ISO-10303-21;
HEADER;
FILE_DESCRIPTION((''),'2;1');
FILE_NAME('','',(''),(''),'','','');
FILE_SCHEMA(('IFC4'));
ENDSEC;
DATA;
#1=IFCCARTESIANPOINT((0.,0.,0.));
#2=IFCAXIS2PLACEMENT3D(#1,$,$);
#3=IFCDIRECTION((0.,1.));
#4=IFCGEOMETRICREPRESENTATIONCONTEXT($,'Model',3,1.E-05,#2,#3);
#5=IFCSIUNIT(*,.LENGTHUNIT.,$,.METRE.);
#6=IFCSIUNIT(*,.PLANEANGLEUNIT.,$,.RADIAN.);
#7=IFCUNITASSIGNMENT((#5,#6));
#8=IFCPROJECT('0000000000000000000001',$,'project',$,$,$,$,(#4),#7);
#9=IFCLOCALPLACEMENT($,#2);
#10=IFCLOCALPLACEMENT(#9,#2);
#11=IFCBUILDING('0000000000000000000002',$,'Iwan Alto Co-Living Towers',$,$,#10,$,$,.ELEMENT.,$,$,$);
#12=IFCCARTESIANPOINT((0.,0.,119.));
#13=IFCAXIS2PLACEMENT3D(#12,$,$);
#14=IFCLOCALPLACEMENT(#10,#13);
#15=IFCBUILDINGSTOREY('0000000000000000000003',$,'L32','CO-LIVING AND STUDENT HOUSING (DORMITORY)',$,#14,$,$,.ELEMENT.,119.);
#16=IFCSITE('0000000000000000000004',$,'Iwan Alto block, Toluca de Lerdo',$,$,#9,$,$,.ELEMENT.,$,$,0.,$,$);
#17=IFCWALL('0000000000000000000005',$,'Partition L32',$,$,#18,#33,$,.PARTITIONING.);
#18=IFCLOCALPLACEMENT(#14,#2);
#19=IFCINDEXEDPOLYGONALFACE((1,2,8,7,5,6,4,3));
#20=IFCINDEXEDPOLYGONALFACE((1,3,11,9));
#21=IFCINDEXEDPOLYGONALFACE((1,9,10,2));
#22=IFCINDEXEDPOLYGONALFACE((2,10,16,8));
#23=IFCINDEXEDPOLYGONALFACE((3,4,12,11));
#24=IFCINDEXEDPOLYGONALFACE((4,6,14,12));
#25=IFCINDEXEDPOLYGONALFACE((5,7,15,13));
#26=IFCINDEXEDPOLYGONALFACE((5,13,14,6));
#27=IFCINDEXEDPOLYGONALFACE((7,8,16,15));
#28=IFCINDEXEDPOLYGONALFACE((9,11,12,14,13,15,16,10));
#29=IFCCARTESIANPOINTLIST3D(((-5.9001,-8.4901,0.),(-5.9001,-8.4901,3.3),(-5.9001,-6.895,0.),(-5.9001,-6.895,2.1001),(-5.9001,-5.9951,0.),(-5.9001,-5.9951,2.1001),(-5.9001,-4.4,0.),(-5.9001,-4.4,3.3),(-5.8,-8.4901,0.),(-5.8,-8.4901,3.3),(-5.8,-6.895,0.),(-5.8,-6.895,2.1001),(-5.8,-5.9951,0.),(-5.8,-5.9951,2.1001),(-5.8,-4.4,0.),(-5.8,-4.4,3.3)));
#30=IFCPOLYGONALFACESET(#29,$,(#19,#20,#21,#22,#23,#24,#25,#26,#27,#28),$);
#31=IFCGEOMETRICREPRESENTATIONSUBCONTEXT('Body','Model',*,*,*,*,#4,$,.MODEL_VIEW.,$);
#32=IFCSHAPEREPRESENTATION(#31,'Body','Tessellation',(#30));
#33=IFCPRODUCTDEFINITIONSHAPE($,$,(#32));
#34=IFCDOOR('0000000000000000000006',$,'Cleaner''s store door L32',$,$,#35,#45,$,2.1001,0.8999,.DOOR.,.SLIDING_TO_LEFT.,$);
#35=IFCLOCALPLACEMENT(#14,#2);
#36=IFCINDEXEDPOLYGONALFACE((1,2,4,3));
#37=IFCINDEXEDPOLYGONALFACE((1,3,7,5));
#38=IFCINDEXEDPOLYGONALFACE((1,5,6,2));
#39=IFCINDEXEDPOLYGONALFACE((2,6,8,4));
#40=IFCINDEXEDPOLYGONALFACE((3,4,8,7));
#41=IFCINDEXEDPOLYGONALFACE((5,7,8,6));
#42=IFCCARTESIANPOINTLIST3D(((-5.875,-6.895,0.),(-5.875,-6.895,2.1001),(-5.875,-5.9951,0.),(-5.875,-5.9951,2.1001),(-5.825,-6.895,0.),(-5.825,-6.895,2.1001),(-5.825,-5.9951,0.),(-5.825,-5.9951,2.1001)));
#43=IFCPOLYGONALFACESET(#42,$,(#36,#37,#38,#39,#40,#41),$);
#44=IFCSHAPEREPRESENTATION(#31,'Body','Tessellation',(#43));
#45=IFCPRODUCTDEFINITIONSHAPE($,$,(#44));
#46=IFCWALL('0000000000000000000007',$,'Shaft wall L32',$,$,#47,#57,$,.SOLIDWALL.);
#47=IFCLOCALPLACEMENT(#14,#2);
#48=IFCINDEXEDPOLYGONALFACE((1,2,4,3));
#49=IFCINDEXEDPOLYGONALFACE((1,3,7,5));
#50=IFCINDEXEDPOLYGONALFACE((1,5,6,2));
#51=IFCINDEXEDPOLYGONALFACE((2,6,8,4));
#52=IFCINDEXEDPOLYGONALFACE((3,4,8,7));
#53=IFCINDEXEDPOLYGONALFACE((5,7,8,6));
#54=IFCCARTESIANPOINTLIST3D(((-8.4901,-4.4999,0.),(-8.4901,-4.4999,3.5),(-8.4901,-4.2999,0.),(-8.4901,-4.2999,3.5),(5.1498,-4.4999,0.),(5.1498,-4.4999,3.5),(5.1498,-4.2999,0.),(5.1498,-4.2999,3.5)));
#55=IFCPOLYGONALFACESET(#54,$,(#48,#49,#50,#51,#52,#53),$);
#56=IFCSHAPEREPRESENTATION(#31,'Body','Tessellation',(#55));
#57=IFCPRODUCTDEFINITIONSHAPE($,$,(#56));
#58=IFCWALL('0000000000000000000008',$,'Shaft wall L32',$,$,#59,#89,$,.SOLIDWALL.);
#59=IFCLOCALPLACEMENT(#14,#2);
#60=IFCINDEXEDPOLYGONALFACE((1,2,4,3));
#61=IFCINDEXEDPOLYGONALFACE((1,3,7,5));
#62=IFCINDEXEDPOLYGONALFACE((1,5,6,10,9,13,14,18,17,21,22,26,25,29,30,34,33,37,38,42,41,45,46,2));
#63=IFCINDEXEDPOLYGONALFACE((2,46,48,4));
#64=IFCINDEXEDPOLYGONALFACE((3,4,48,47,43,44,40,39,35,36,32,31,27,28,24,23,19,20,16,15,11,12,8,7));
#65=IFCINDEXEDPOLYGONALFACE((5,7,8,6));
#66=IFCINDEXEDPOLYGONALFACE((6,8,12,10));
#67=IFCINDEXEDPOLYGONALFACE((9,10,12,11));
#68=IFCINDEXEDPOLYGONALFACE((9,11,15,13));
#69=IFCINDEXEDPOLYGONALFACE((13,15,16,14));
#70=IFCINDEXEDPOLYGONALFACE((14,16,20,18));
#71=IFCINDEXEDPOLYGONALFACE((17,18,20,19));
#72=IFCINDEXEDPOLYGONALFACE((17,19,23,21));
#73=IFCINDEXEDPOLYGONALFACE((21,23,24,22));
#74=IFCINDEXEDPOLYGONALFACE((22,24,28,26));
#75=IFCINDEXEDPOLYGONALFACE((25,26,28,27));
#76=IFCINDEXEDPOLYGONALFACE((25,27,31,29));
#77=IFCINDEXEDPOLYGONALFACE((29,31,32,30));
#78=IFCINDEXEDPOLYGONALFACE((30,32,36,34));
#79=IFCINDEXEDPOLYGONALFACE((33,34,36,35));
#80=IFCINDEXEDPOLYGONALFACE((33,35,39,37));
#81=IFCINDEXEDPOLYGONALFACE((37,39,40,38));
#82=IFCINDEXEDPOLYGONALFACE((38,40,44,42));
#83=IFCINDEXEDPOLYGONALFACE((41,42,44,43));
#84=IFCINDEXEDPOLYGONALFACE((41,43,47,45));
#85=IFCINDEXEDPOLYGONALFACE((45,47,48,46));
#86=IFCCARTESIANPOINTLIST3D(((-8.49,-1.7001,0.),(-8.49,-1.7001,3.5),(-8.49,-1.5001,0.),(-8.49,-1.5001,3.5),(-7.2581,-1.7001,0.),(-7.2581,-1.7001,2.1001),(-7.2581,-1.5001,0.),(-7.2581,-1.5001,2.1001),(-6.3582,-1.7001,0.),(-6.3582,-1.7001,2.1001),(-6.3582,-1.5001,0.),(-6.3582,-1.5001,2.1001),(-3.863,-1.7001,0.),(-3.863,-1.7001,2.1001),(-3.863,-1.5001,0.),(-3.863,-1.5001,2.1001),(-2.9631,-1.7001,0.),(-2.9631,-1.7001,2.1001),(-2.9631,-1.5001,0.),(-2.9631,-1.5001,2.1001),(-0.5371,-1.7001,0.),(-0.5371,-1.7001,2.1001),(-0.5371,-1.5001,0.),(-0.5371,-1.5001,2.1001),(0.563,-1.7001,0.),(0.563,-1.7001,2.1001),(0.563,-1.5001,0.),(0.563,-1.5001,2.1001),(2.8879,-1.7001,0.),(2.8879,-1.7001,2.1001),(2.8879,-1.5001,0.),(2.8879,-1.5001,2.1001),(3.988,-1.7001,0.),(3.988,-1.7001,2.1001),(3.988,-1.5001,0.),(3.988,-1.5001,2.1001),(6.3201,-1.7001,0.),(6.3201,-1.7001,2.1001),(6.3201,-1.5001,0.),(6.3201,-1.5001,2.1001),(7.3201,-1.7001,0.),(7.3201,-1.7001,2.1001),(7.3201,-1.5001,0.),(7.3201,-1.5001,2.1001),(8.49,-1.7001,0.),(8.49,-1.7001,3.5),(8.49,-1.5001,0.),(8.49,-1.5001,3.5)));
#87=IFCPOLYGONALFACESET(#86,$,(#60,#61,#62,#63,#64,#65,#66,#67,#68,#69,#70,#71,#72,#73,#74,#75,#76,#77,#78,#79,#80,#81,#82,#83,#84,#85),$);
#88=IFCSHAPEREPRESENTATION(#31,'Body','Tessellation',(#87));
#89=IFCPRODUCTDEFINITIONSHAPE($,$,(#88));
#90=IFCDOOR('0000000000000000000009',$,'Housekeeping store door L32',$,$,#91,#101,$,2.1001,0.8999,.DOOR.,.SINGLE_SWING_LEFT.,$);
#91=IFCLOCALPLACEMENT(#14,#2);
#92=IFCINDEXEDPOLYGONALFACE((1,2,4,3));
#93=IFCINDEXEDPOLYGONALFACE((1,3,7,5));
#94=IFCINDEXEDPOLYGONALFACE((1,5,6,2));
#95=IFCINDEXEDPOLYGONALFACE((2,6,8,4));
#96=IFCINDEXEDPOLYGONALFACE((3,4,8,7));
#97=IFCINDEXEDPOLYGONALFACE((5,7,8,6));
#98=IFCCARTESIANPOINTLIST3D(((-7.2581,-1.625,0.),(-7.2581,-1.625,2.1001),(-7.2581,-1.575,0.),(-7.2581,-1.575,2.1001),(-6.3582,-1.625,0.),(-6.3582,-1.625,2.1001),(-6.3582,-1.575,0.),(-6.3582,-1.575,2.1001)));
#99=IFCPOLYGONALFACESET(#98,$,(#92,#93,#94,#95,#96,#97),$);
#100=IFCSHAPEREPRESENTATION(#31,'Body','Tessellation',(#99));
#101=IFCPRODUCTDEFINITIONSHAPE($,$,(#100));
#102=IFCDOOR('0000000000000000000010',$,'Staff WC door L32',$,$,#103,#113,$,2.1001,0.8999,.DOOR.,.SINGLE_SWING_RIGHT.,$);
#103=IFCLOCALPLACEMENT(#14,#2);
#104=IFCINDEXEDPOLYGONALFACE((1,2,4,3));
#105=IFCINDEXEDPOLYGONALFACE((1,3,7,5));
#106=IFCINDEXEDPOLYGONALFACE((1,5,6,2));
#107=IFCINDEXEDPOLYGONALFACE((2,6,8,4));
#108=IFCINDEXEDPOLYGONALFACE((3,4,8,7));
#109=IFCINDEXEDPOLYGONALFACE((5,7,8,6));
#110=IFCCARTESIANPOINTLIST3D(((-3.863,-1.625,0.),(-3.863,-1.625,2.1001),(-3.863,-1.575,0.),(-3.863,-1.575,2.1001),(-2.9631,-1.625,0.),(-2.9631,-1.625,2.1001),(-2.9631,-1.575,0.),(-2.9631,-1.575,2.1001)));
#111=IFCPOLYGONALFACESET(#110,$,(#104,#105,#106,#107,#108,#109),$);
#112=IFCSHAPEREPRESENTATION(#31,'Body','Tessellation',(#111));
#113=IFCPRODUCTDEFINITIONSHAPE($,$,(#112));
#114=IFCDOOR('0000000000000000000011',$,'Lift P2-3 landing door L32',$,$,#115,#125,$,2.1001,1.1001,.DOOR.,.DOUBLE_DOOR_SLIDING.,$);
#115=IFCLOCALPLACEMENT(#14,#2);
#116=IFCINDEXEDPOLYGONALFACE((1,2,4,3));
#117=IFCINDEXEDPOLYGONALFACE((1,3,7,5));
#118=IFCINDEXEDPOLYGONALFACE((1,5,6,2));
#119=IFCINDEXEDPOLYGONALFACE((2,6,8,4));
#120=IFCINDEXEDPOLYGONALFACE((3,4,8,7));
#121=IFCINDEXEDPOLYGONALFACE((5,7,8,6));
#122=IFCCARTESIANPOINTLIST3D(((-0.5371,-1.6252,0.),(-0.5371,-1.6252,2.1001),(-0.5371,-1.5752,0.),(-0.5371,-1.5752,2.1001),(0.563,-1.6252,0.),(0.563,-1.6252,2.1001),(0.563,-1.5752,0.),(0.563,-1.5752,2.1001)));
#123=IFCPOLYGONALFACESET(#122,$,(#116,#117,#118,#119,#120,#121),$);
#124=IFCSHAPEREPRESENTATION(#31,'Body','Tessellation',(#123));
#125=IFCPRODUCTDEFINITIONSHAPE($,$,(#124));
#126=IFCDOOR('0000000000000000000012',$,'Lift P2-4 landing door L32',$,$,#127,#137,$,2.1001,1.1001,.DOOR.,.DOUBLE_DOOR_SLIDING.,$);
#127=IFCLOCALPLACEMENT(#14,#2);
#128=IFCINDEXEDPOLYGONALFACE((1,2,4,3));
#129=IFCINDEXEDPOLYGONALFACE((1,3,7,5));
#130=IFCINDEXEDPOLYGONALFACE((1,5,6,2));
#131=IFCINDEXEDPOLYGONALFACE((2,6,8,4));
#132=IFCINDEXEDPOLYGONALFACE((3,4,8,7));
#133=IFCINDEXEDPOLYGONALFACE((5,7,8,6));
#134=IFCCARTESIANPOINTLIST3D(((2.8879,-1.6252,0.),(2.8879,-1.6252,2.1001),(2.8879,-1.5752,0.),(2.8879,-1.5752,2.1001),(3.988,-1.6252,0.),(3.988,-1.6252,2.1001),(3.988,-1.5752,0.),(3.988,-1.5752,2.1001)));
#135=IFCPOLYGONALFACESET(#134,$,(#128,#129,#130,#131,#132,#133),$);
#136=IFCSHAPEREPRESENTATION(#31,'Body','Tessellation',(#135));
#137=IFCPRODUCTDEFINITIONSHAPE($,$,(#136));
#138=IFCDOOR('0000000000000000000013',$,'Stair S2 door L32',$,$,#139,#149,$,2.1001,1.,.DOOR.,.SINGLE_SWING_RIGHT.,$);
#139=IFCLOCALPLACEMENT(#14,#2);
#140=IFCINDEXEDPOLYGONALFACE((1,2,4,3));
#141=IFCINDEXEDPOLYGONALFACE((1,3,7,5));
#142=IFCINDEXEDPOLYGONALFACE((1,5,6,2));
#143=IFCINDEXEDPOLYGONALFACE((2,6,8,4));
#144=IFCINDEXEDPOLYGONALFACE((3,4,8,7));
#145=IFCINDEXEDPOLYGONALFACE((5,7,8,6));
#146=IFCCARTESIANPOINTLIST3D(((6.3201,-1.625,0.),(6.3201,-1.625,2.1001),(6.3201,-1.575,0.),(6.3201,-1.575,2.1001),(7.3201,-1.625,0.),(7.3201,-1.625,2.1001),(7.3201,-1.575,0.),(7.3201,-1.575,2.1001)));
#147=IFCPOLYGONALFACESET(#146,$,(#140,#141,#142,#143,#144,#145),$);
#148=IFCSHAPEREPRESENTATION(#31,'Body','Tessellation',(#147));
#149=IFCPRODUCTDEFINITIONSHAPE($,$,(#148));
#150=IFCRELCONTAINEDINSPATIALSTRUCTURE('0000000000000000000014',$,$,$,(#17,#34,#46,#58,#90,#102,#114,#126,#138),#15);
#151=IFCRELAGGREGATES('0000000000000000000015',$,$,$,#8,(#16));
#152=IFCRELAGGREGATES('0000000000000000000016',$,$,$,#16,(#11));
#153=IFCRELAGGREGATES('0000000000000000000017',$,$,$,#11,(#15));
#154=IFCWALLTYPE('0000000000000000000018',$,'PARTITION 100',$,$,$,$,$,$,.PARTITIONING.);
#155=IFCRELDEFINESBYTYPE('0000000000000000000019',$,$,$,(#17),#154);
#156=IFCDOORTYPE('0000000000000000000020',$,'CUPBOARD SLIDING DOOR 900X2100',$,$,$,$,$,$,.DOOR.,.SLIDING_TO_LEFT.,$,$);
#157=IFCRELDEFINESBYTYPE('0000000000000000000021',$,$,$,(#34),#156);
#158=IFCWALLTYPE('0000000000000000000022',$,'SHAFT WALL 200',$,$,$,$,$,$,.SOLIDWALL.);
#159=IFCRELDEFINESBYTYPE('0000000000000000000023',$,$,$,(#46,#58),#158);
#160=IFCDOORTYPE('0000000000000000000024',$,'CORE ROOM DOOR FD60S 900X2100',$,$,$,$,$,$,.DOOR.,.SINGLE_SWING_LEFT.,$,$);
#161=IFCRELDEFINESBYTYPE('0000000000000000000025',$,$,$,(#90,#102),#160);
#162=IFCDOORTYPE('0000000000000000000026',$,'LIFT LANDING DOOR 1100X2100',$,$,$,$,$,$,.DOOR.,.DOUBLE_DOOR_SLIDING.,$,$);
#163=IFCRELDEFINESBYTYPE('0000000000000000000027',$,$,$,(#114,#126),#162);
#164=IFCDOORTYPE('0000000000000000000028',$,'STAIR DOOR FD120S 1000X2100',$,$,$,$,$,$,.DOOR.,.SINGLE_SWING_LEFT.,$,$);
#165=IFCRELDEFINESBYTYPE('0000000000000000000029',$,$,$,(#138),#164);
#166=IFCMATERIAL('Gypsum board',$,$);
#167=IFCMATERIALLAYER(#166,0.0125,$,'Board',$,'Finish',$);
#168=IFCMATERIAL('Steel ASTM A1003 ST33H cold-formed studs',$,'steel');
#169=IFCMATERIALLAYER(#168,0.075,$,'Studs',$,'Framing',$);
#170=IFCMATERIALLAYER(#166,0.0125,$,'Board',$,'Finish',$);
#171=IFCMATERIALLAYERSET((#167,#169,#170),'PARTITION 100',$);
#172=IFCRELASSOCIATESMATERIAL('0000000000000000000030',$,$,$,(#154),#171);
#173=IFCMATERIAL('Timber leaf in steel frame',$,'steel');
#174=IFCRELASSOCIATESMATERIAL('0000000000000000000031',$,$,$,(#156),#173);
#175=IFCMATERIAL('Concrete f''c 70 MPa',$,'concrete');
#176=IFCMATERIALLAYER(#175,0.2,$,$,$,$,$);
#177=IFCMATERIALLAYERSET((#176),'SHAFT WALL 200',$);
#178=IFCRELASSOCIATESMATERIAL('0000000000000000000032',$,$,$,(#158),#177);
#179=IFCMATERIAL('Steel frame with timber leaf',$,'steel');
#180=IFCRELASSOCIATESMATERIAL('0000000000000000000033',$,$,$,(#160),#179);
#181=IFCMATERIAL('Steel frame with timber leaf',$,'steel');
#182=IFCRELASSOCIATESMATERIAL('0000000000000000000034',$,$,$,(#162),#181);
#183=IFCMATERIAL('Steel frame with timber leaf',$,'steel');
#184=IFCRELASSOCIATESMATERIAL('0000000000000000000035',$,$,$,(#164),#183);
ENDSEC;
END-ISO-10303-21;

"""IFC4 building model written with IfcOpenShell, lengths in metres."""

from ifc_helpers import new_model, si_unit, direction, frame, frame_2d, origin, place, context, subcontext, project, spatial, rectangle, extrude, material, layer, layer_set, type_object, element, fill, save


model = new_model("IFC4")

# Units and contexts
model_context = context("Model", 3, precision=1e-05, world=origin(), true_north=direction((0.0, 1.0)))
body_context = subcontext(model_context, "Body", "Model", "MODEL_VIEW")
ifc_project = project(units=[si_unit("LENGTHUNIT", "METRE"), si_unit("PLANEANGLEUNIT", "RADIAN")], contexts=[model_context])

# Site, building, storey
site_placement = place(None, origin())
site = spatial("IfcSite", under=ifc_project, at=site_placement, Name="Iwan Alto block, Toluca de Lerdo", CompositionType="ELEMENT", RefElevation=0.0)
building_placement = place(site_placement, origin())
building = spatial("IfcBuilding", under=site, at=building_placement, Name="Iwan Alto Co-Living Towers", CompositionType="ELEMENT")
storey_placement = place(building_placement, frame((0.0, 0.0, 119.0)))
storey = spatial("IfcBuildingStorey", under=building, at=storey_placement, Name="L32", Description="CO-LIVING AND STUDENT HOUSING (DORMITORY)", CompositionType="ELEMENT", Elevation=119.0)

# Wall, opening, door
ifc_material_1 = material(Name="Gypsum board")
ifc_layer_1 = layer(ifc_material_1, 0.0125, Name="Board", Category="Finish")
ifc_material_2 = material(Name="Steel ASTM A1003 ST33H cold-formed studs", Category="steel")
ifc_layer_2 = layer(ifc_material_2, 0.075, Name="Studs", Category="Framing")
ifc_layer_3 = layer(ifc_material_1, 0.0125, Name="Board", Category="Finish")
ifc_layer_set_1 = layer_set([ifc_layer_1, ifc_layer_2, ifc_layer_3], Name="PARTITION 100")
wall_type_1 = type_object("IfcWallType", Name="PARTITION 100", PredefinedType="PARTITIONING", material=ifc_layer_set_1)
wall_1_placement = place(storey_placement, frame((-5.8501, -8.49, 0.0), z_axis=(0.0, 0.0, 1.0), x_axis=(0.0, 1.0, 0.0)))
wall_1 = element("IfcWall", 1, at=wall_1_placement, inside=storey, type_object=wall_type_1, Name="Partition L32", PredefinedType="PARTITIONING", context=body_context, shape_type="SweptSolid", body=[
    extrude(rectangle(XDim=4.0901, YDim=0.1001, at=frame_2d((2.0449, 0.0))), origin(), (0.0, 0.0, 1.0), 3.3),
])
opening_1_placement = place(wall_1_placement, frame((1.595, 0.0, 0.0)))
opening_1 = element("IfcOpeningElement", 2, at=opening_1_placement, cuts=wall_1, PredefinedType="OPENING", context=body_context, shape_type="SweptSolid", body=[
    extrude(rectangle(XDim=0.8999, YDim=2.1001, at=frame_2d((0.45, 1.05))), frame((0.0, 0.0601, 0.0), z_axis=(0.0, -1.0, 0.0), x_axis=(1.0, 0.0, 0.0)), (0.0, 0.0, 1.0), 0.1201),
])
ifc_material_3 = material(Name="Timber leaf in steel frame", Category="steel")
door_type_1 = type_object("IfcDoorType", Name="CUPBOARD SLIDING DOOR 900X2100", OperationType="SLIDING_TO_LEFT", PredefinedType="DOOR", material=ifc_material_3)
door_1_placement = place(opening_1_placement, origin())
door_1 = element("IfcDoor", 3, at=door_1_placement, inside=storey, type_object=door_type_1, Name="Cleaner's store door L32", OperationType="SLIDING_TO_LEFT", OverallHeight=2.1001, OverallWidth=0.8999, PredefinedType="DOOR", context=body_context, shape_type="SweptSolid", body=[
    extrude(rectangle(XDim=0.8999, YDim=2.1001, at=frame_2d((0.45, 1.05))), frame((0.0, 0.0249, 0.0), z_axis=(0.0, -1.0, 0.0), x_axis=(1.0, 0.0, 0.0)), (0.0, 0.0, 1.0), 0.05),
])
fill(opening_1, door_1)

# Wall
ifc_material_4 = material(Name="Concrete f'c 70 MPa", Category="concrete")
ifc_layer_4 = layer(ifc_material_4, 0.2)
ifc_layer_set_2 = layer_set([ifc_layer_4], Name="SHAFT WALL 200")
wall_type_2 = type_object("IfcWallType", Name="SHAFT WALL 200", PredefinedType="SOLIDWALL", material=ifc_layer_set_2)
wall_2_placement = place(storey_placement, frame((-8.49, -4.3999, 0.0), z_axis=(0.0, 0.0, 1.0), x_axis=(1.0, 0.0, 0.0)))
element("IfcWall", 4, at=wall_2_placement, inside=storey, type_object=wall_type_2, Name="Shaft wall L32", PredefinedType="SOLIDWALL", context=body_context, shape_type="SweptSolid", body=[
    extrude(rectangle(XDim=13.6399, YDim=0.2, at=frame_2d((6.8198, 0.0))), origin(), (0.0, 0.0, 1.0), 3.5),
])

# Wall, openings, doors
wall_3_placement = place(storey_placement, frame((-8.49, -1.6001, 0.0), z_axis=(0.0, 0.0, 1.0), x_axis=(1.0, 0.0, 0.0)))
wall_3 = element("IfcWall", 5, at=wall_3_placement, inside=storey, type_object=wall_type_2, Name="Shaft wall L32", PredefinedType="SOLIDWALL", context=body_context, shape_type="SweptSolid", body=[
    extrude(rectangle(XDim=16.98, YDim=0.2, at=frame_2d((8.49, 0.0))), origin(), (0.0, 0.0, 1.0), 3.5),
])
opening_2_placement = place(wall_3_placement, frame((14.8101, 0.0, 0.0)))
opening_2 = element("IfcOpeningElement", 6, at=opening_2_placement, cuts=wall_3, PredefinedType="OPENING", context=body_context, shape_type="SweptSolid", body=[
    extrude(rectangle(XDim=1.0, YDim=2.1001, at=frame_2d((0.5, 1.05))), frame((0.0, 0.1099, 0.0), z_axis=(0.0, -1.0, 0.0), x_axis=(1.0, 0.0, 0.0)), (0.0, 0.0, 1.0), 0.22),
])
opening_3_placement = place(wall_3_placement, frame((1.2319, 0.0, 0.0)))
opening_3 = element("IfcOpeningElement", 7, at=opening_3_placement, cuts=wall_3, PredefinedType="OPENING", context=body_context, shape_type="SweptSolid", body=[
    extrude(rectangle(XDim=0.8999, YDim=2.1001, at=frame_2d((0.45, 1.05))), frame((0.0, 0.1099, 0.0), z_axis=(0.0, -1.0, 0.0), x_axis=(1.0, 0.0, 0.0)), (0.0, 0.0, 1.0), 0.22),
])
opening_4_placement = place(wall_3_placement, frame((4.627, 0.0, 0.0)))
opening_4 = element("IfcOpeningElement", 8, at=opening_4_placement, cuts=wall_3, PredefinedType="OPENING", context=body_context, shape_type="SweptSolid", body=[
    extrude(rectangle(XDim=0.8999, YDim=2.1001, at=frame_2d((0.45, 1.05))), frame((0.0, 0.1099, 0.0), z_axis=(0.0, -1.0, 0.0), x_axis=(1.0, 0.0, 0.0)), (0.0, 0.0, 1.0), 0.22),
])
opening_5_placement = place(wall_3_placement, frame((7.9529, 0.0, 0.0)))
opening_5 = element("IfcOpeningElement", 9, at=opening_5_placement, cuts=wall_3, PredefinedType="OPENING", context=body_context, shape_type="SweptSolid", body=[
    extrude(rectangle(XDim=1.1001, YDim=2.1001, at=frame_2d((0.55, 1.05))), frame((0.0, 0.1099, 0.0), z_axis=(0.0, -1.0, 0.0), x_axis=(1.0, 0.0, 0.0)), (0.0, 0.0, 1.0), 0.22),
])
opening_6_placement = place(wall_3_placement, frame((11.3779, 0.0, 0.0)))
opening_6 = element("IfcOpeningElement", 10, at=opening_6_placement, cuts=wall_3, PredefinedType="OPENING", context=body_context, shape_type="SweptSolid", body=[
    extrude(rectangle(XDim=1.1001, YDim=2.1001, at=frame_2d((0.55, 1.05))), frame((0.0, 0.1099, 0.0), z_axis=(0.0, -1.0, 0.0), x_axis=(1.0, 0.0, 0.0)), (0.0, 0.0, 1.0), 0.22),
])
ifc_material_5 = material(Name="Steel frame with timber leaf", Category="steel")
door_type_2 = type_object("IfcDoorType", Name="CORE ROOM DOOR FD60S 900X2100", OperationType="SINGLE_SWING_LEFT", PredefinedType="DOOR", material=ifc_material_5)
door_2_placement = place(opening_3_placement, frame((0.8999, 0.0, 0.0), z_axis=(0.0, 0.0, 1.0), x_axis=(-1.0, 0.0, 0.0)))
door_2 = element("IfcDoor", 11, at=door_2_placement, inside=storey, type_object=door_type_2, Name="Housekeeping store door L32", OperationType="SINGLE_SWING_LEFT", OverallHeight=2.1001, OverallWidth=0.8999, PredefinedType="DOOR", context=body_context, shape_type="SweptSolid", body=[
    extrude(rectangle(XDim=0.8999, YDim=2.1001, at=frame_2d((0.45, 1.05))), frame((0.0, 0.0249, 0.0), z_axis=(0.0, -1.0, 0.0), x_axis=(1.0, 0.0, 0.0)), (0.0, 0.0, 1.0), 0.05),
])
fill(opening_3, door_2)
door_3_placement = place(opening_4_placement, frame((0.8999, 0.0, 0.0), z_axis=(0.0, 0.0, 1.0), x_axis=(-1.0, 0.0, 0.0)))
door_3 = element("IfcDoor", 12, at=door_3_placement, inside=storey, type_object=door_type_2, Name="Staff WC door L32", OperationType="SINGLE_SWING_RIGHT", OverallHeight=2.1001, OverallWidth=0.8999, PredefinedType="DOOR", context=body_context, shape_type="SweptSolid", body=[
    extrude(rectangle(XDim=0.8999, YDim=2.1001, at=frame_2d((0.45, 1.05))), frame((0.0, 0.0249, 0.0), z_axis=(0.0, -1.0, 0.0), x_axis=(1.0, 0.0, 0.0)), (0.0, 0.0, 1.0), 0.05),
])
fill(opening_4, door_3)
ifc_material_6 = material(Name="Steel frame with timber leaf", Category="steel")
door_type_3 = type_object("IfcDoorType", Name="LIFT LANDING DOOR 1100X2100", OperationType="DOUBLE_DOOR_SLIDING", PredefinedType="DOOR", material=ifc_material_6)
door_4_placement = place(opening_5_placement, origin())
door_4 = element("IfcDoor", 13, at=door_4_placement, inside=storey, type_object=door_type_3, Name="Lift P2-3 landing door L32", OperationType="DOUBLE_DOOR_SLIDING", OverallHeight=2.1001, OverallWidth=1.1001, PredefinedType="DOOR", context=body_context, shape_type="SweptSolid", body=[
    extrude(rectangle(XDim=1.1001, YDim=2.1001, at=frame_2d((0.55, 1.05))), frame((0.0, 0.0249, 0.0), z_axis=(0.0, -1.0, 0.0), x_axis=(1.0, 0.0, 0.0)), (0.0, 0.0, 1.0), 0.05),
])
fill(opening_5, door_4)
door_5_placement = place(opening_6_placement, origin())
door_5 = element("IfcDoor", 14, at=door_5_placement, inside=storey, type_object=door_type_3, Name="Lift P2-4 landing door L32", OperationType="DOUBLE_DOOR_SLIDING", OverallHeight=2.1001, OverallWidth=1.1001, PredefinedType="DOOR", context=body_context, shape_type="SweptSolid", body=[
    extrude(rectangle(XDim=1.1001, YDim=2.1001, at=frame_2d((0.55, 1.05))), frame((0.0, 0.0249, 0.0), z_axis=(0.0, -1.0, 0.0), x_axis=(1.0, 0.0, 0.0)), (0.0, 0.0, 1.0), 0.05),
])
fill(opening_6, door_5)
ifc_material_7 = material(Name="Steel frame with timber leaf", Category="steel")
door_type_4 = type_object("IfcDoorType", Name="STAIR DOOR FD120S 1000X2100", OperationType="SINGLE_SWING_LEFT", PredefinedType="DOOR", material=ifc_material_7)
door_6_placement = place(opening_2_placement, frame((1.0, 0.0, 0.0), z_axis=(0.0, 0.0, 1.0), x_axis=(-1.0, 0.0, 0.0)))
door_6 = element("IfcDoor", 15, at=door_6_placement, inside=storey, type_object=door_type_4, Name="Stair S2 door L32", OperationType="SINGLE_SWING_RIGHT", OverallHeight=2.1001, OverallWidth=1.0, PredefinedType="DOOR", context=body_context, shape_type="SweptSolid", body=[
    extrude(rectangle(XDim=1.0, YDim=2.1001, at=frame_2d((0.5, 1.05))), frame((0.0, 0.0249, 0.0), z_axis=(0.0, -1.0, 0.0), x_axis=(1.0, 0.0, 0.0)), (0.0, 0.0, 1.0), 0.05),
])
fill(opening_2, door_6)

save(model, "model.ifc")
